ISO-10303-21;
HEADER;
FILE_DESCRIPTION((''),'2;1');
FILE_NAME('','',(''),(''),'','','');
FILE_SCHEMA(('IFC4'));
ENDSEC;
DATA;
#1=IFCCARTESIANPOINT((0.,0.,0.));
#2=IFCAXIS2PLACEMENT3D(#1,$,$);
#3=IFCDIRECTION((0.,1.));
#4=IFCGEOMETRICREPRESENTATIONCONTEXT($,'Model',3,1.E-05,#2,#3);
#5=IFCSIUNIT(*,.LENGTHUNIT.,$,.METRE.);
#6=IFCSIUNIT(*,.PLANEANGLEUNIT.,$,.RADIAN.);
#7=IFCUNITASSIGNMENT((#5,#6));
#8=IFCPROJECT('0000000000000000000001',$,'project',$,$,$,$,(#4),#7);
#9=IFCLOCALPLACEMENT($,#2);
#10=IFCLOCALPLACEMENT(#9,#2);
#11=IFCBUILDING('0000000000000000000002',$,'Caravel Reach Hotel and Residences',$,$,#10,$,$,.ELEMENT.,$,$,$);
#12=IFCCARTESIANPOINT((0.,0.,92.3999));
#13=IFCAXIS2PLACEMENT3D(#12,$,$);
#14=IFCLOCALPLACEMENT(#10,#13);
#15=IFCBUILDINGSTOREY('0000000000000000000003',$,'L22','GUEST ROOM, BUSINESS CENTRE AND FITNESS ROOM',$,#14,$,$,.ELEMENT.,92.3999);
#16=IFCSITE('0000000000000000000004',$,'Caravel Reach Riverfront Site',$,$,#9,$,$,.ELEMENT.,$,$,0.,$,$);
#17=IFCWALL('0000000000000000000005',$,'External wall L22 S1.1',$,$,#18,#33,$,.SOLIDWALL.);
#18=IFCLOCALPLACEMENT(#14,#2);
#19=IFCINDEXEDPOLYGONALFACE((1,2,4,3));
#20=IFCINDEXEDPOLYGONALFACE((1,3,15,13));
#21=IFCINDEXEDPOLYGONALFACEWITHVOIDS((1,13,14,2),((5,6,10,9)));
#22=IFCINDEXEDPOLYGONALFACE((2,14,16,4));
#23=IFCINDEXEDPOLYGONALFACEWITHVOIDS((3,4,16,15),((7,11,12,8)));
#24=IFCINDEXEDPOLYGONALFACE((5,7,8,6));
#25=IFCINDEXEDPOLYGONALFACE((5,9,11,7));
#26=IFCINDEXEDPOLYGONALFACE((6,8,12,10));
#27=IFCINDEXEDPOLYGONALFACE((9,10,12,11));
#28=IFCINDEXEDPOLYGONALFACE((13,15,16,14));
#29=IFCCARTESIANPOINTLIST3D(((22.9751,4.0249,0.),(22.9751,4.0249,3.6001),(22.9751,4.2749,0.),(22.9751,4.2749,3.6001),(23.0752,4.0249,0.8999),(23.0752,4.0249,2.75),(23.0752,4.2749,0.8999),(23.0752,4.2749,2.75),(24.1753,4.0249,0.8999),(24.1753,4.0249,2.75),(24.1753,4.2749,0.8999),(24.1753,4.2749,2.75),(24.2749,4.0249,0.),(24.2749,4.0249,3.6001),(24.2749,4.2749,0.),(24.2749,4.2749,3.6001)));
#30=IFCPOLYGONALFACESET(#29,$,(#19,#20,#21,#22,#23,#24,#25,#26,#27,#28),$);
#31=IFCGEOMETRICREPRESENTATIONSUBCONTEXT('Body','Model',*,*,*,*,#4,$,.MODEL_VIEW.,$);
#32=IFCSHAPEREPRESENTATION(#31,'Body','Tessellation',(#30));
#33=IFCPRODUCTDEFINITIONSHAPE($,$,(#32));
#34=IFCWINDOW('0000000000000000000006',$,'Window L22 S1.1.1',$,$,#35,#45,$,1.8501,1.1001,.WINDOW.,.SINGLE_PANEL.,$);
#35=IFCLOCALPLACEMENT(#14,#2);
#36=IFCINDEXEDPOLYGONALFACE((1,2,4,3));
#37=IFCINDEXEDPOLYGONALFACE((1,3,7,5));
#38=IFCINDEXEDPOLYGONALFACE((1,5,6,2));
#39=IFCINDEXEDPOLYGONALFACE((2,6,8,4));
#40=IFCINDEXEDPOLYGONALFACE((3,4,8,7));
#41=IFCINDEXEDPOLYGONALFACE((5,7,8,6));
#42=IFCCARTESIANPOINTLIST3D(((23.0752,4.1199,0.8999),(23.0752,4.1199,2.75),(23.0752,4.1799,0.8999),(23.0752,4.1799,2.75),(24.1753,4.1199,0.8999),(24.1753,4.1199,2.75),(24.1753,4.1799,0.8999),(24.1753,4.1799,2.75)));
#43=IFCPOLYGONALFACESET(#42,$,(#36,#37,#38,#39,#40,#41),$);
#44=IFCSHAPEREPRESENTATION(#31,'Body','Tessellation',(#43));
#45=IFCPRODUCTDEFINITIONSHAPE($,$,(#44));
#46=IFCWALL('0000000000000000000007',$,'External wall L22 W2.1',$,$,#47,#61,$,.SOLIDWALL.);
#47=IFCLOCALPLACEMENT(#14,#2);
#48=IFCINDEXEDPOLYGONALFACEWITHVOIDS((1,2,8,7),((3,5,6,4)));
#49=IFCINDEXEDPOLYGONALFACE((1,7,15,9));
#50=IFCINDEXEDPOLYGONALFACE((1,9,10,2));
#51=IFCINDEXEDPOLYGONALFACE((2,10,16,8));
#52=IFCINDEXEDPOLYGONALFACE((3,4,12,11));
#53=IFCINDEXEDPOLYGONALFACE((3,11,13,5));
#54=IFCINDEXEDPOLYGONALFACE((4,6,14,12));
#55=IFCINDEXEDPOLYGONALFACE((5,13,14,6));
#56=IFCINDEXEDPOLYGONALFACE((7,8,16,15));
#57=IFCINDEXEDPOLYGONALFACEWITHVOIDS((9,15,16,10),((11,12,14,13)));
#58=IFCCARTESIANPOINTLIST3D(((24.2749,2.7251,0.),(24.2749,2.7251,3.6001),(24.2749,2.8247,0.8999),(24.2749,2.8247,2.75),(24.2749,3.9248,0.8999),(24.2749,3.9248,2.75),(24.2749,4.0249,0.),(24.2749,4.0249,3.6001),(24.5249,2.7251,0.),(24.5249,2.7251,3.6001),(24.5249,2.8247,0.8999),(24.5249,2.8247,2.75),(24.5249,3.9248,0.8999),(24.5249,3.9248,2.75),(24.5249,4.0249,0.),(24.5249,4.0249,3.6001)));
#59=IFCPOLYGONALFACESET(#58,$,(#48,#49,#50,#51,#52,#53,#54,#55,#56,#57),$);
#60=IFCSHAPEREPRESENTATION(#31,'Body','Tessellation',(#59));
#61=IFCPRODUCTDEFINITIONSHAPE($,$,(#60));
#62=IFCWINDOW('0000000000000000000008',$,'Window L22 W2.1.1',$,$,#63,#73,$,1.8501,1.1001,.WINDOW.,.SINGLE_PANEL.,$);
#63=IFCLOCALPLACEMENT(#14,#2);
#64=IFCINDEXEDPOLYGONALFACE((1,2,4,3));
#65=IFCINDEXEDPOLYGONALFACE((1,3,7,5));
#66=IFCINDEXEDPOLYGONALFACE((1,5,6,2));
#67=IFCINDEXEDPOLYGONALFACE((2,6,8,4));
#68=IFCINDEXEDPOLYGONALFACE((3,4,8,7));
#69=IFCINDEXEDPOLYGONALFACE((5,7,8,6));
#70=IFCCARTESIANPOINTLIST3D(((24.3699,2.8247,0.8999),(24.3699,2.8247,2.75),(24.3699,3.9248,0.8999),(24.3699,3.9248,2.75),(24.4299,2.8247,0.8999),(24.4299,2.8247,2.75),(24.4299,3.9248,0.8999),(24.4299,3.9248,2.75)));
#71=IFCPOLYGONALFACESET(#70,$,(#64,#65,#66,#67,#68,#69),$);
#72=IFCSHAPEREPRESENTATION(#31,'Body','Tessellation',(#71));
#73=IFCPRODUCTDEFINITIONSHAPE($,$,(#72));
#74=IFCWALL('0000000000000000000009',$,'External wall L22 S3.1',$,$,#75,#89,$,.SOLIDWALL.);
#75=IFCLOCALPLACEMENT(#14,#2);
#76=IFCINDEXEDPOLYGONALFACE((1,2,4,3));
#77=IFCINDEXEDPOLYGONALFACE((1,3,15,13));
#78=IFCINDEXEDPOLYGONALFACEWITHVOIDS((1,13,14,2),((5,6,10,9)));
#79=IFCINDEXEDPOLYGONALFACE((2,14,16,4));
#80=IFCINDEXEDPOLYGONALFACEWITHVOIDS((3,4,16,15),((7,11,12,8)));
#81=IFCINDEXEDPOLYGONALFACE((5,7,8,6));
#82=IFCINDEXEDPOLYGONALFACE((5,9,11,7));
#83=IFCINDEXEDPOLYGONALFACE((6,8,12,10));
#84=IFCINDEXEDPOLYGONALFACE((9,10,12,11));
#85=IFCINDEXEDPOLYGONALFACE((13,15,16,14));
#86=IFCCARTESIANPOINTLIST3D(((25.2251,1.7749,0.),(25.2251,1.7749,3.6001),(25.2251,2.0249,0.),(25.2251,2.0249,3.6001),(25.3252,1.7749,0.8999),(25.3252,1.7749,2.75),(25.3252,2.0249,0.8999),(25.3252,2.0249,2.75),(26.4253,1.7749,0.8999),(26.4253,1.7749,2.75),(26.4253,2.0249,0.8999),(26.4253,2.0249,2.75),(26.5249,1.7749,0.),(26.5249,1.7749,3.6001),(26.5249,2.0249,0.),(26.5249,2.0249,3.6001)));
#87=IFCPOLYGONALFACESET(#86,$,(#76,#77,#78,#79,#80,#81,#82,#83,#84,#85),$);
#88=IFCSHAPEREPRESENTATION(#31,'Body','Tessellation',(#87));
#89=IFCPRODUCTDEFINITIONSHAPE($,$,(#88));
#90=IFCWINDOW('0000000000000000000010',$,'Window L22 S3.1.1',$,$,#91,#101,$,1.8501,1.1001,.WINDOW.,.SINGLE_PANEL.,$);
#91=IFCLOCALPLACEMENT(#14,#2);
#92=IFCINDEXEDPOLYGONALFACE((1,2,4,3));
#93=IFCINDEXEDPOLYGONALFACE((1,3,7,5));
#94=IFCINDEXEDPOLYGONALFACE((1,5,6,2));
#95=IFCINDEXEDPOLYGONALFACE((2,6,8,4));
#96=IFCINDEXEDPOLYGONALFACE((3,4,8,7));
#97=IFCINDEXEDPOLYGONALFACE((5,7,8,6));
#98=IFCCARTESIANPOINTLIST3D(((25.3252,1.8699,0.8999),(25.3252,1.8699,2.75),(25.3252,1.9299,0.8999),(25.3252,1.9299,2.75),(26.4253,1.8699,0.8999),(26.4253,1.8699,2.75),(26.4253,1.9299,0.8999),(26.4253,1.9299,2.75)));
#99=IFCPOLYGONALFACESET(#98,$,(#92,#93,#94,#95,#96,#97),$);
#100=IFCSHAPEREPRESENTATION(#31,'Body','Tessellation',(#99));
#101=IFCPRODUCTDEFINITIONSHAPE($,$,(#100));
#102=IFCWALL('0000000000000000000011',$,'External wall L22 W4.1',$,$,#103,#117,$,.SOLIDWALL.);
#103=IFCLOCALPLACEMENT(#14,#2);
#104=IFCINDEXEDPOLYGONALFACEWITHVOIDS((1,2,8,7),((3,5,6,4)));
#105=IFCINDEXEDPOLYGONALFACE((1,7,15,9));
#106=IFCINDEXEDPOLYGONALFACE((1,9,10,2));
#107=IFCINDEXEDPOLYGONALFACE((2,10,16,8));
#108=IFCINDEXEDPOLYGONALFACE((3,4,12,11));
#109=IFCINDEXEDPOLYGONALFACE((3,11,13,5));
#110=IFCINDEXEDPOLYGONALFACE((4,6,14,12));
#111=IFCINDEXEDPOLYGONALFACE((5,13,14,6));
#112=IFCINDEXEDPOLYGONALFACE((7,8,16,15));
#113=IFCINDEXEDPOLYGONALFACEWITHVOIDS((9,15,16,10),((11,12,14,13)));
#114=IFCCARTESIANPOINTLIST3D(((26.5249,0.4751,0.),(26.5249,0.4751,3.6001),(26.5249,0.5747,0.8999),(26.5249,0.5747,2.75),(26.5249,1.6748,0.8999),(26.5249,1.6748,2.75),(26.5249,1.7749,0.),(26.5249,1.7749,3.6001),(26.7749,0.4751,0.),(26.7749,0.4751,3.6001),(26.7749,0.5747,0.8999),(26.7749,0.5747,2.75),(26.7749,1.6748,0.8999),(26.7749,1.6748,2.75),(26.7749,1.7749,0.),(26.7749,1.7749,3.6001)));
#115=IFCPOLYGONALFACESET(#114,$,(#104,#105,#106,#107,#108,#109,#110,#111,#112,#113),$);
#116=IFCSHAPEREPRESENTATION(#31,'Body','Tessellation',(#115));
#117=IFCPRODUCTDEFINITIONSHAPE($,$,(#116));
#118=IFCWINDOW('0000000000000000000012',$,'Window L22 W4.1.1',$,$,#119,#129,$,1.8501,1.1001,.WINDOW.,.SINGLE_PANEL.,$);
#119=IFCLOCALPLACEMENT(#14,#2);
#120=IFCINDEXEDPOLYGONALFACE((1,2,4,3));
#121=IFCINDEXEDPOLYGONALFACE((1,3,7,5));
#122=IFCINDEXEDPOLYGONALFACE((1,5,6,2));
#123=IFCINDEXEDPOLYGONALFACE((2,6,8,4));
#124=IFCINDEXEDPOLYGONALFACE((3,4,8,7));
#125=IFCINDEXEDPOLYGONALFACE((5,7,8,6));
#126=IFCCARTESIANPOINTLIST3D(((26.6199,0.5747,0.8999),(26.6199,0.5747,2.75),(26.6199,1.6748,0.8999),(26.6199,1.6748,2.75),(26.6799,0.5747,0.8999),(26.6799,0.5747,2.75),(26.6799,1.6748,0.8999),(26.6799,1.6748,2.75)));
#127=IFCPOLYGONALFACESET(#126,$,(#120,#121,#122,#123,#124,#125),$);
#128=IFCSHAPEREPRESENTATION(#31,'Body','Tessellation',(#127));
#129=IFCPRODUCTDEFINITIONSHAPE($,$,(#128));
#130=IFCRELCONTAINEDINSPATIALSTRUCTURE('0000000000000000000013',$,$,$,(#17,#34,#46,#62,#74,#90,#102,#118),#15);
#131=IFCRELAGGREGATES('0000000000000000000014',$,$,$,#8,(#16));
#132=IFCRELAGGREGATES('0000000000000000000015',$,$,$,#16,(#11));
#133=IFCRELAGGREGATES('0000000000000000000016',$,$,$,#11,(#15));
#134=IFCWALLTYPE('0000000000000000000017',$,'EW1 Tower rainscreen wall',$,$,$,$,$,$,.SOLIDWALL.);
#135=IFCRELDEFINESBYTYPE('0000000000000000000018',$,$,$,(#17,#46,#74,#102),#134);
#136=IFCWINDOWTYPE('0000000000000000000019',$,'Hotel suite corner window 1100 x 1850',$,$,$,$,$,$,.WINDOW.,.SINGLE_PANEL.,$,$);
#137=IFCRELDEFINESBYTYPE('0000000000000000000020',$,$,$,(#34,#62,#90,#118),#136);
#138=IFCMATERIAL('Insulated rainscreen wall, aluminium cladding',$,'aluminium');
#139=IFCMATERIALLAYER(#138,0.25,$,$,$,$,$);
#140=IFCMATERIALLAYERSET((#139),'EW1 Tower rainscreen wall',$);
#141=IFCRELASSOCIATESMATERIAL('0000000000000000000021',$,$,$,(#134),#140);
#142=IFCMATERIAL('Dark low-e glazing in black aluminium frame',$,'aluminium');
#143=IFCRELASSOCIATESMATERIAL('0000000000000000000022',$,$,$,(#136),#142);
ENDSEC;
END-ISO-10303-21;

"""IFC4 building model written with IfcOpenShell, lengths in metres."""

from ifc_helpers import new_model, si_unit, direction, frame, frame_2d, origin, place, context, subcontext, project, spatial, rectangle, extrude, material, layer, layer_set, type_object, element, fill, save


model = new_model("IFC4")

# Units and contexts
model_context = context("Model", 3, precision=1e-05, world=origin(), true_north=direction((0.0, 1.0)))
body_context = subcontext(model_context, "Body", "Model", "MODEL_VIEW")
ifc_project = project(units=[si_unit("LENGTHUNIT", "METRE"), si_unit("PLANEANGLEUNIT", "RADIAN")], contexts=[model_context])

# Site, building, storey
site_placement = place(None, origin())
site = spatial("IfcSite", under=ifc_project, at=site_placement, Name="Caravel Reach Riverfront Site", CompositionType="ELEMENT", RefElevation=0.0)
building_placement = place(site_placement, origin())
building = spatial("IfcBuilding", under=site, at=building_placement, Name="Caravel Reach Hotel and Residences", CompositionType="ELEMENT")
storey_placement = place(building_placement, frame((0.0, 0.0, 92.3999)))
storey = spatial("IfcBuildingStorey", under=building, at=storey_placement, Name="L22", Description="GUEST ROOM, BUSINESS CENTRE AND FITNESS ROOM", CompositionType="ELEMENT", Elevation=92.3999)

# Walls, openings, windows
ifc_material_1 = material(Name="Insulated rainscreen wall, aluminium cladding", Category="aluminium")
ifc_layer_1 = layer(ifc_material_1, 0.25)
ifc_layer_set_1 = layer_set([ifc_layer_1], Name="EW1 Tower rainscreen wall")
wall_type_1 = type_object("IfcWallType", Name="EW1 Tower rainscreen wall", PredefinedType="SOLIDWALL", material=ifc_layer_set_1)
wall_1_placement = place(storey_placement, frame((22.9751, 4.1499, 0.0), z_axis=(0.0, 0.0, 1.0), x_axis=(1.0, 0.0, 0.0)))
wall_1 = element("IfcWall", 1, at=wall_1_placement, inside=storey, type_object=wall_type_1, Name="External wall L22 S1.1", PredefinedType="SOLIDWALL", context=body_context, shape_type="SweptSolid", body=[
    extrude(rectangle(XDim=1.2998, YDim=0.25, at=frame_2d((0.6499, 0.0))), origin(), (0.0, 0.0, 1.0), 3.6001),
])
opening_1_placement = place(wall_1_placement, frame((0.1001, 0.0, 0.8999)))
opening_1 = element("IfcOpeningElement", 2, at=opening_1_placement, cuts=wall_1, PredefinedType="OPENING", context=body_context, shape_type="SweptSolid", body=[
    extrude(rectangle(XDim=1.1001, YDim=1.8501, at=frame_2d((0.55, 0.925))), frame((0.0, 0.135, 0.0), z_axis=(0.0, -1.0, 0.0), x_axis=(1.0, 0.0, 0.0)), (0.0, 0.0, 1.0), 0.27),
])
ifc_material_2 = material(Name="Dark low-e glazing in black aluminium frame", Category="aluminium")
window_type_1 = type_object("IfcWindowType", Name="Hotel suite corner window 1100 x 1850", PartitioningType="SINGLE_PANEL", PredefinedType="WINDOW", material=ifc_material_2)
window_1_placement = place(opening_1_placement, origin())
window_1 = element("IfcWindow", 3, at=window_1_placement, inside=storey, type_object=window_type_1, Name="Window L22 S1.1.1", OverallHeight=1.8501, OverallWidth=1.1001, PartitioningType="SINGLE_PANEL", PredefinedType="WINDOW", context=body_context, shape_type="SweptSolid", body=[
    extrude(rectangle(XDim=1.1001, YDim=1.8501, at=frame_2d((0.55, 0.925))), frame((0.0, 0.03, 0.0), z_axis=(0.0, -1.0, 0.0), x_axis=(1.0, 0.0, 0.0)), (0.0, 0.0, 1.0), 0.0601),
])
fill(opening_1, window_1)
wall_2_placement = place(storey_placement, frame((24.3999, 4.0249, 0.0), z_axis=(0.0, 0.0, 1.0), x_axis=(0.0, -1.0, 0.0)))
wall_2 = element("IfcWall", 4, at=wall_2_placement, inside=storey, type_object=wall_type_1, Name="External wall L22 W2.1", PredefinedType="SOLIDWALL", context=body_context, shape_type="SweptSolid", body=[
    extrude(rectangle(XDim=1.2998, YDim=0.25, at=frame_2d((0.6499, 0.0))), origin(), (0.0, 0.0, 1.0), 3.6001),
])
opening_2_placement = place(wall_2_placement, frame((0.1001, 0.0, 0.8999)))
opening_2 = element("IfcOpeningElement", 5, at=opening_2_placement, cuts=wall_2, PredefinedType="OPENING", context=body_context, shape_type="SweptSolid", body=[
    extrude(rectangle(XDim=1.1001, YDim=1.8501, at=frame_2d((0.55, 0.925))), frame((0.0, 0.135, 0.0), z_axis=(0.0, -1.0, 0.0), x_axis=(1.0, 0.0, 0.0)), (0.0, 0.0, 1.0), 0.27),
])
window_2_placement = place(opening_2_placement, origin())
window_2 = element("IfcWindow", 6, at=window_2_placement, inside=storey, type_object=window_type_1, Name="Window L22 W2.1.1", OverallHeight=1.8501, OverallWidth=1.1001, PartitioningType="SINGLE_PANEL", PredefinedType="WINDOW", context=body_context, shape_type="SweptSolid", body=[
    extrude(rectangle(XDim=1.1001, YDim=1.8501, at=frame_2d((0.55, 0.925))), frame((0.0, 0.03, 0.0), z_axis=(0.0, -1.0, 0.0), x_axis=(1.0, 0.0, 0.0)), (0.0, 0.0, 1.0), 0.0601),
])
fill(opening_2, window_2)
wall_3_placement = place(storey_placement, frame((25.2251, 1.8999, 0.0), z_axis=(0.0, 0.0, 1.0), x_axis=(1.0, 0.0, 0.0)))
wall_3 = element("IfcWall", 7, at=wall_3_placement, inside=storey, type_object=wall_type_1, Name="External wall L22 S3.1", PredefinedType="SOLIDWALL", context=body_context, shape_type="SweptSolid", body=[
    extrude(rectangle(XDim=1.2998, YDim=0.25, at=frame_2d((0.6499, 0.0))), origin(), (0.0, 0.0, 1.0), 3.6001),
])
opening_3_placement = place(wall_3_placement, frame((0.1001, 0.0, 0.8999)))
opening_3 = element("IfcOpeningElement", 8, at=opening_3_placement, cuts=wall_3, PredefinedType="OPENING", context=body_context, shape_type="SweptSolid", body=[
    extrude(rectangle(XDim=1.1001, YDim=1.8501, at=frame_2d((0.55, 0.925))), frame((0.0, 0.135, 0.0), z_axis=(0.0, -1.0, 0.0), x_axis=(1.0, 0.0, 0.0)), (0.0, 0.0, 1.0), 0.27),
])
window_3_placement = place(opening_3_placement, origin())
window_3 = element("IfcWindow", 9, at=window_3_placement, inside=storey, type_object=window_type_1, Name="Window L22 S3.1.1", OverallHeight=1.8501, OverallWidth=1.1001, PartitioningType="SINGLE_PANEL", PredefinedType="WINDOW", context=body_context, shape_type="SweptSolid", body=[
    extrude(rectangle(XDim=1.1001, YDim=1.8501, at=frame_2d((0.55, 0.925))), frame((0.0, 0.03, 0.0), z_axis=(0.0, -1.0, 0.0), x_axis=(1.0, 0.0, 0.0)), (0.0, 0.0, 1.0), 0.0601),
])
fill(opening_3, window_3)
wall_4_placement = place(storey_placement, frame((26.6499, 1.7749, 0.0), z_axis=(0.0, 0.0, 1.0), x_axis=(0.0, -1.0, 0.0)))
wall_4 = element("IfcWall", 10, at=wall_4_placement, inside=storey, type_object=wall_type_1, Name="External wall L22 W4.1", PredefinedType="SOLIDWALL", context=body_context, shape_type="SweptSolid", body=[
    extrude(rectangle(XDim=1.2998, YDim=0.25, at=frame_2d((0.6499, 0.0))), origin(), (0.0, 0.0, 1.0), 3.6001),
])
opening_4_placement = place(wall_4_placement, frame((0.1001, 0.0, 0.8999)))
opening_4 = element("IfcOpeningElement", 11, at=opening_4_placement, cuts=wall_4, PredefinedType="OPENING", context=body_context, shape_type="SweptSolid", body=[
    extrude(rectangle(XDim=1.1001, YDim=1.8501, at=frame_2d((0.55, 0.925))), frame((0.0, 0.135, 0.0), z_axis=(0.0, -1.0, 0.0), x_axis=(1.0, 0.0, 0.0)), (0.0, 0.0, 1.0), 0.27),
])
window_4_placement = place(opening_4_placement, origin())
window_4 = element("IfcWindow", 12, at=window_4_placement, inside=storey, type_object=window_type_1, Name="Window L22 W4.1.1", OverallHeight=1.8501, OverallWidth=1.1001, PartitioningType="SINGLE_PANEL", PredefinedType="WINDOW", context=body_context, shape_type="SweptSolid", body=[
    extrude(rectangle(XDim=1.1001, YDim=1.8501, at=frame_2d((0.55, 0.925))), frame((0.0, 0.03, 0.0), z_axis=(0.0, -1.0, 0.0), x_axis=(1.0, 0.0, 0.0)), (0.0, 0.0, 1.0), 0.0601),
])
fill(opening_4, window_4)

save(model, "model.ifc")
